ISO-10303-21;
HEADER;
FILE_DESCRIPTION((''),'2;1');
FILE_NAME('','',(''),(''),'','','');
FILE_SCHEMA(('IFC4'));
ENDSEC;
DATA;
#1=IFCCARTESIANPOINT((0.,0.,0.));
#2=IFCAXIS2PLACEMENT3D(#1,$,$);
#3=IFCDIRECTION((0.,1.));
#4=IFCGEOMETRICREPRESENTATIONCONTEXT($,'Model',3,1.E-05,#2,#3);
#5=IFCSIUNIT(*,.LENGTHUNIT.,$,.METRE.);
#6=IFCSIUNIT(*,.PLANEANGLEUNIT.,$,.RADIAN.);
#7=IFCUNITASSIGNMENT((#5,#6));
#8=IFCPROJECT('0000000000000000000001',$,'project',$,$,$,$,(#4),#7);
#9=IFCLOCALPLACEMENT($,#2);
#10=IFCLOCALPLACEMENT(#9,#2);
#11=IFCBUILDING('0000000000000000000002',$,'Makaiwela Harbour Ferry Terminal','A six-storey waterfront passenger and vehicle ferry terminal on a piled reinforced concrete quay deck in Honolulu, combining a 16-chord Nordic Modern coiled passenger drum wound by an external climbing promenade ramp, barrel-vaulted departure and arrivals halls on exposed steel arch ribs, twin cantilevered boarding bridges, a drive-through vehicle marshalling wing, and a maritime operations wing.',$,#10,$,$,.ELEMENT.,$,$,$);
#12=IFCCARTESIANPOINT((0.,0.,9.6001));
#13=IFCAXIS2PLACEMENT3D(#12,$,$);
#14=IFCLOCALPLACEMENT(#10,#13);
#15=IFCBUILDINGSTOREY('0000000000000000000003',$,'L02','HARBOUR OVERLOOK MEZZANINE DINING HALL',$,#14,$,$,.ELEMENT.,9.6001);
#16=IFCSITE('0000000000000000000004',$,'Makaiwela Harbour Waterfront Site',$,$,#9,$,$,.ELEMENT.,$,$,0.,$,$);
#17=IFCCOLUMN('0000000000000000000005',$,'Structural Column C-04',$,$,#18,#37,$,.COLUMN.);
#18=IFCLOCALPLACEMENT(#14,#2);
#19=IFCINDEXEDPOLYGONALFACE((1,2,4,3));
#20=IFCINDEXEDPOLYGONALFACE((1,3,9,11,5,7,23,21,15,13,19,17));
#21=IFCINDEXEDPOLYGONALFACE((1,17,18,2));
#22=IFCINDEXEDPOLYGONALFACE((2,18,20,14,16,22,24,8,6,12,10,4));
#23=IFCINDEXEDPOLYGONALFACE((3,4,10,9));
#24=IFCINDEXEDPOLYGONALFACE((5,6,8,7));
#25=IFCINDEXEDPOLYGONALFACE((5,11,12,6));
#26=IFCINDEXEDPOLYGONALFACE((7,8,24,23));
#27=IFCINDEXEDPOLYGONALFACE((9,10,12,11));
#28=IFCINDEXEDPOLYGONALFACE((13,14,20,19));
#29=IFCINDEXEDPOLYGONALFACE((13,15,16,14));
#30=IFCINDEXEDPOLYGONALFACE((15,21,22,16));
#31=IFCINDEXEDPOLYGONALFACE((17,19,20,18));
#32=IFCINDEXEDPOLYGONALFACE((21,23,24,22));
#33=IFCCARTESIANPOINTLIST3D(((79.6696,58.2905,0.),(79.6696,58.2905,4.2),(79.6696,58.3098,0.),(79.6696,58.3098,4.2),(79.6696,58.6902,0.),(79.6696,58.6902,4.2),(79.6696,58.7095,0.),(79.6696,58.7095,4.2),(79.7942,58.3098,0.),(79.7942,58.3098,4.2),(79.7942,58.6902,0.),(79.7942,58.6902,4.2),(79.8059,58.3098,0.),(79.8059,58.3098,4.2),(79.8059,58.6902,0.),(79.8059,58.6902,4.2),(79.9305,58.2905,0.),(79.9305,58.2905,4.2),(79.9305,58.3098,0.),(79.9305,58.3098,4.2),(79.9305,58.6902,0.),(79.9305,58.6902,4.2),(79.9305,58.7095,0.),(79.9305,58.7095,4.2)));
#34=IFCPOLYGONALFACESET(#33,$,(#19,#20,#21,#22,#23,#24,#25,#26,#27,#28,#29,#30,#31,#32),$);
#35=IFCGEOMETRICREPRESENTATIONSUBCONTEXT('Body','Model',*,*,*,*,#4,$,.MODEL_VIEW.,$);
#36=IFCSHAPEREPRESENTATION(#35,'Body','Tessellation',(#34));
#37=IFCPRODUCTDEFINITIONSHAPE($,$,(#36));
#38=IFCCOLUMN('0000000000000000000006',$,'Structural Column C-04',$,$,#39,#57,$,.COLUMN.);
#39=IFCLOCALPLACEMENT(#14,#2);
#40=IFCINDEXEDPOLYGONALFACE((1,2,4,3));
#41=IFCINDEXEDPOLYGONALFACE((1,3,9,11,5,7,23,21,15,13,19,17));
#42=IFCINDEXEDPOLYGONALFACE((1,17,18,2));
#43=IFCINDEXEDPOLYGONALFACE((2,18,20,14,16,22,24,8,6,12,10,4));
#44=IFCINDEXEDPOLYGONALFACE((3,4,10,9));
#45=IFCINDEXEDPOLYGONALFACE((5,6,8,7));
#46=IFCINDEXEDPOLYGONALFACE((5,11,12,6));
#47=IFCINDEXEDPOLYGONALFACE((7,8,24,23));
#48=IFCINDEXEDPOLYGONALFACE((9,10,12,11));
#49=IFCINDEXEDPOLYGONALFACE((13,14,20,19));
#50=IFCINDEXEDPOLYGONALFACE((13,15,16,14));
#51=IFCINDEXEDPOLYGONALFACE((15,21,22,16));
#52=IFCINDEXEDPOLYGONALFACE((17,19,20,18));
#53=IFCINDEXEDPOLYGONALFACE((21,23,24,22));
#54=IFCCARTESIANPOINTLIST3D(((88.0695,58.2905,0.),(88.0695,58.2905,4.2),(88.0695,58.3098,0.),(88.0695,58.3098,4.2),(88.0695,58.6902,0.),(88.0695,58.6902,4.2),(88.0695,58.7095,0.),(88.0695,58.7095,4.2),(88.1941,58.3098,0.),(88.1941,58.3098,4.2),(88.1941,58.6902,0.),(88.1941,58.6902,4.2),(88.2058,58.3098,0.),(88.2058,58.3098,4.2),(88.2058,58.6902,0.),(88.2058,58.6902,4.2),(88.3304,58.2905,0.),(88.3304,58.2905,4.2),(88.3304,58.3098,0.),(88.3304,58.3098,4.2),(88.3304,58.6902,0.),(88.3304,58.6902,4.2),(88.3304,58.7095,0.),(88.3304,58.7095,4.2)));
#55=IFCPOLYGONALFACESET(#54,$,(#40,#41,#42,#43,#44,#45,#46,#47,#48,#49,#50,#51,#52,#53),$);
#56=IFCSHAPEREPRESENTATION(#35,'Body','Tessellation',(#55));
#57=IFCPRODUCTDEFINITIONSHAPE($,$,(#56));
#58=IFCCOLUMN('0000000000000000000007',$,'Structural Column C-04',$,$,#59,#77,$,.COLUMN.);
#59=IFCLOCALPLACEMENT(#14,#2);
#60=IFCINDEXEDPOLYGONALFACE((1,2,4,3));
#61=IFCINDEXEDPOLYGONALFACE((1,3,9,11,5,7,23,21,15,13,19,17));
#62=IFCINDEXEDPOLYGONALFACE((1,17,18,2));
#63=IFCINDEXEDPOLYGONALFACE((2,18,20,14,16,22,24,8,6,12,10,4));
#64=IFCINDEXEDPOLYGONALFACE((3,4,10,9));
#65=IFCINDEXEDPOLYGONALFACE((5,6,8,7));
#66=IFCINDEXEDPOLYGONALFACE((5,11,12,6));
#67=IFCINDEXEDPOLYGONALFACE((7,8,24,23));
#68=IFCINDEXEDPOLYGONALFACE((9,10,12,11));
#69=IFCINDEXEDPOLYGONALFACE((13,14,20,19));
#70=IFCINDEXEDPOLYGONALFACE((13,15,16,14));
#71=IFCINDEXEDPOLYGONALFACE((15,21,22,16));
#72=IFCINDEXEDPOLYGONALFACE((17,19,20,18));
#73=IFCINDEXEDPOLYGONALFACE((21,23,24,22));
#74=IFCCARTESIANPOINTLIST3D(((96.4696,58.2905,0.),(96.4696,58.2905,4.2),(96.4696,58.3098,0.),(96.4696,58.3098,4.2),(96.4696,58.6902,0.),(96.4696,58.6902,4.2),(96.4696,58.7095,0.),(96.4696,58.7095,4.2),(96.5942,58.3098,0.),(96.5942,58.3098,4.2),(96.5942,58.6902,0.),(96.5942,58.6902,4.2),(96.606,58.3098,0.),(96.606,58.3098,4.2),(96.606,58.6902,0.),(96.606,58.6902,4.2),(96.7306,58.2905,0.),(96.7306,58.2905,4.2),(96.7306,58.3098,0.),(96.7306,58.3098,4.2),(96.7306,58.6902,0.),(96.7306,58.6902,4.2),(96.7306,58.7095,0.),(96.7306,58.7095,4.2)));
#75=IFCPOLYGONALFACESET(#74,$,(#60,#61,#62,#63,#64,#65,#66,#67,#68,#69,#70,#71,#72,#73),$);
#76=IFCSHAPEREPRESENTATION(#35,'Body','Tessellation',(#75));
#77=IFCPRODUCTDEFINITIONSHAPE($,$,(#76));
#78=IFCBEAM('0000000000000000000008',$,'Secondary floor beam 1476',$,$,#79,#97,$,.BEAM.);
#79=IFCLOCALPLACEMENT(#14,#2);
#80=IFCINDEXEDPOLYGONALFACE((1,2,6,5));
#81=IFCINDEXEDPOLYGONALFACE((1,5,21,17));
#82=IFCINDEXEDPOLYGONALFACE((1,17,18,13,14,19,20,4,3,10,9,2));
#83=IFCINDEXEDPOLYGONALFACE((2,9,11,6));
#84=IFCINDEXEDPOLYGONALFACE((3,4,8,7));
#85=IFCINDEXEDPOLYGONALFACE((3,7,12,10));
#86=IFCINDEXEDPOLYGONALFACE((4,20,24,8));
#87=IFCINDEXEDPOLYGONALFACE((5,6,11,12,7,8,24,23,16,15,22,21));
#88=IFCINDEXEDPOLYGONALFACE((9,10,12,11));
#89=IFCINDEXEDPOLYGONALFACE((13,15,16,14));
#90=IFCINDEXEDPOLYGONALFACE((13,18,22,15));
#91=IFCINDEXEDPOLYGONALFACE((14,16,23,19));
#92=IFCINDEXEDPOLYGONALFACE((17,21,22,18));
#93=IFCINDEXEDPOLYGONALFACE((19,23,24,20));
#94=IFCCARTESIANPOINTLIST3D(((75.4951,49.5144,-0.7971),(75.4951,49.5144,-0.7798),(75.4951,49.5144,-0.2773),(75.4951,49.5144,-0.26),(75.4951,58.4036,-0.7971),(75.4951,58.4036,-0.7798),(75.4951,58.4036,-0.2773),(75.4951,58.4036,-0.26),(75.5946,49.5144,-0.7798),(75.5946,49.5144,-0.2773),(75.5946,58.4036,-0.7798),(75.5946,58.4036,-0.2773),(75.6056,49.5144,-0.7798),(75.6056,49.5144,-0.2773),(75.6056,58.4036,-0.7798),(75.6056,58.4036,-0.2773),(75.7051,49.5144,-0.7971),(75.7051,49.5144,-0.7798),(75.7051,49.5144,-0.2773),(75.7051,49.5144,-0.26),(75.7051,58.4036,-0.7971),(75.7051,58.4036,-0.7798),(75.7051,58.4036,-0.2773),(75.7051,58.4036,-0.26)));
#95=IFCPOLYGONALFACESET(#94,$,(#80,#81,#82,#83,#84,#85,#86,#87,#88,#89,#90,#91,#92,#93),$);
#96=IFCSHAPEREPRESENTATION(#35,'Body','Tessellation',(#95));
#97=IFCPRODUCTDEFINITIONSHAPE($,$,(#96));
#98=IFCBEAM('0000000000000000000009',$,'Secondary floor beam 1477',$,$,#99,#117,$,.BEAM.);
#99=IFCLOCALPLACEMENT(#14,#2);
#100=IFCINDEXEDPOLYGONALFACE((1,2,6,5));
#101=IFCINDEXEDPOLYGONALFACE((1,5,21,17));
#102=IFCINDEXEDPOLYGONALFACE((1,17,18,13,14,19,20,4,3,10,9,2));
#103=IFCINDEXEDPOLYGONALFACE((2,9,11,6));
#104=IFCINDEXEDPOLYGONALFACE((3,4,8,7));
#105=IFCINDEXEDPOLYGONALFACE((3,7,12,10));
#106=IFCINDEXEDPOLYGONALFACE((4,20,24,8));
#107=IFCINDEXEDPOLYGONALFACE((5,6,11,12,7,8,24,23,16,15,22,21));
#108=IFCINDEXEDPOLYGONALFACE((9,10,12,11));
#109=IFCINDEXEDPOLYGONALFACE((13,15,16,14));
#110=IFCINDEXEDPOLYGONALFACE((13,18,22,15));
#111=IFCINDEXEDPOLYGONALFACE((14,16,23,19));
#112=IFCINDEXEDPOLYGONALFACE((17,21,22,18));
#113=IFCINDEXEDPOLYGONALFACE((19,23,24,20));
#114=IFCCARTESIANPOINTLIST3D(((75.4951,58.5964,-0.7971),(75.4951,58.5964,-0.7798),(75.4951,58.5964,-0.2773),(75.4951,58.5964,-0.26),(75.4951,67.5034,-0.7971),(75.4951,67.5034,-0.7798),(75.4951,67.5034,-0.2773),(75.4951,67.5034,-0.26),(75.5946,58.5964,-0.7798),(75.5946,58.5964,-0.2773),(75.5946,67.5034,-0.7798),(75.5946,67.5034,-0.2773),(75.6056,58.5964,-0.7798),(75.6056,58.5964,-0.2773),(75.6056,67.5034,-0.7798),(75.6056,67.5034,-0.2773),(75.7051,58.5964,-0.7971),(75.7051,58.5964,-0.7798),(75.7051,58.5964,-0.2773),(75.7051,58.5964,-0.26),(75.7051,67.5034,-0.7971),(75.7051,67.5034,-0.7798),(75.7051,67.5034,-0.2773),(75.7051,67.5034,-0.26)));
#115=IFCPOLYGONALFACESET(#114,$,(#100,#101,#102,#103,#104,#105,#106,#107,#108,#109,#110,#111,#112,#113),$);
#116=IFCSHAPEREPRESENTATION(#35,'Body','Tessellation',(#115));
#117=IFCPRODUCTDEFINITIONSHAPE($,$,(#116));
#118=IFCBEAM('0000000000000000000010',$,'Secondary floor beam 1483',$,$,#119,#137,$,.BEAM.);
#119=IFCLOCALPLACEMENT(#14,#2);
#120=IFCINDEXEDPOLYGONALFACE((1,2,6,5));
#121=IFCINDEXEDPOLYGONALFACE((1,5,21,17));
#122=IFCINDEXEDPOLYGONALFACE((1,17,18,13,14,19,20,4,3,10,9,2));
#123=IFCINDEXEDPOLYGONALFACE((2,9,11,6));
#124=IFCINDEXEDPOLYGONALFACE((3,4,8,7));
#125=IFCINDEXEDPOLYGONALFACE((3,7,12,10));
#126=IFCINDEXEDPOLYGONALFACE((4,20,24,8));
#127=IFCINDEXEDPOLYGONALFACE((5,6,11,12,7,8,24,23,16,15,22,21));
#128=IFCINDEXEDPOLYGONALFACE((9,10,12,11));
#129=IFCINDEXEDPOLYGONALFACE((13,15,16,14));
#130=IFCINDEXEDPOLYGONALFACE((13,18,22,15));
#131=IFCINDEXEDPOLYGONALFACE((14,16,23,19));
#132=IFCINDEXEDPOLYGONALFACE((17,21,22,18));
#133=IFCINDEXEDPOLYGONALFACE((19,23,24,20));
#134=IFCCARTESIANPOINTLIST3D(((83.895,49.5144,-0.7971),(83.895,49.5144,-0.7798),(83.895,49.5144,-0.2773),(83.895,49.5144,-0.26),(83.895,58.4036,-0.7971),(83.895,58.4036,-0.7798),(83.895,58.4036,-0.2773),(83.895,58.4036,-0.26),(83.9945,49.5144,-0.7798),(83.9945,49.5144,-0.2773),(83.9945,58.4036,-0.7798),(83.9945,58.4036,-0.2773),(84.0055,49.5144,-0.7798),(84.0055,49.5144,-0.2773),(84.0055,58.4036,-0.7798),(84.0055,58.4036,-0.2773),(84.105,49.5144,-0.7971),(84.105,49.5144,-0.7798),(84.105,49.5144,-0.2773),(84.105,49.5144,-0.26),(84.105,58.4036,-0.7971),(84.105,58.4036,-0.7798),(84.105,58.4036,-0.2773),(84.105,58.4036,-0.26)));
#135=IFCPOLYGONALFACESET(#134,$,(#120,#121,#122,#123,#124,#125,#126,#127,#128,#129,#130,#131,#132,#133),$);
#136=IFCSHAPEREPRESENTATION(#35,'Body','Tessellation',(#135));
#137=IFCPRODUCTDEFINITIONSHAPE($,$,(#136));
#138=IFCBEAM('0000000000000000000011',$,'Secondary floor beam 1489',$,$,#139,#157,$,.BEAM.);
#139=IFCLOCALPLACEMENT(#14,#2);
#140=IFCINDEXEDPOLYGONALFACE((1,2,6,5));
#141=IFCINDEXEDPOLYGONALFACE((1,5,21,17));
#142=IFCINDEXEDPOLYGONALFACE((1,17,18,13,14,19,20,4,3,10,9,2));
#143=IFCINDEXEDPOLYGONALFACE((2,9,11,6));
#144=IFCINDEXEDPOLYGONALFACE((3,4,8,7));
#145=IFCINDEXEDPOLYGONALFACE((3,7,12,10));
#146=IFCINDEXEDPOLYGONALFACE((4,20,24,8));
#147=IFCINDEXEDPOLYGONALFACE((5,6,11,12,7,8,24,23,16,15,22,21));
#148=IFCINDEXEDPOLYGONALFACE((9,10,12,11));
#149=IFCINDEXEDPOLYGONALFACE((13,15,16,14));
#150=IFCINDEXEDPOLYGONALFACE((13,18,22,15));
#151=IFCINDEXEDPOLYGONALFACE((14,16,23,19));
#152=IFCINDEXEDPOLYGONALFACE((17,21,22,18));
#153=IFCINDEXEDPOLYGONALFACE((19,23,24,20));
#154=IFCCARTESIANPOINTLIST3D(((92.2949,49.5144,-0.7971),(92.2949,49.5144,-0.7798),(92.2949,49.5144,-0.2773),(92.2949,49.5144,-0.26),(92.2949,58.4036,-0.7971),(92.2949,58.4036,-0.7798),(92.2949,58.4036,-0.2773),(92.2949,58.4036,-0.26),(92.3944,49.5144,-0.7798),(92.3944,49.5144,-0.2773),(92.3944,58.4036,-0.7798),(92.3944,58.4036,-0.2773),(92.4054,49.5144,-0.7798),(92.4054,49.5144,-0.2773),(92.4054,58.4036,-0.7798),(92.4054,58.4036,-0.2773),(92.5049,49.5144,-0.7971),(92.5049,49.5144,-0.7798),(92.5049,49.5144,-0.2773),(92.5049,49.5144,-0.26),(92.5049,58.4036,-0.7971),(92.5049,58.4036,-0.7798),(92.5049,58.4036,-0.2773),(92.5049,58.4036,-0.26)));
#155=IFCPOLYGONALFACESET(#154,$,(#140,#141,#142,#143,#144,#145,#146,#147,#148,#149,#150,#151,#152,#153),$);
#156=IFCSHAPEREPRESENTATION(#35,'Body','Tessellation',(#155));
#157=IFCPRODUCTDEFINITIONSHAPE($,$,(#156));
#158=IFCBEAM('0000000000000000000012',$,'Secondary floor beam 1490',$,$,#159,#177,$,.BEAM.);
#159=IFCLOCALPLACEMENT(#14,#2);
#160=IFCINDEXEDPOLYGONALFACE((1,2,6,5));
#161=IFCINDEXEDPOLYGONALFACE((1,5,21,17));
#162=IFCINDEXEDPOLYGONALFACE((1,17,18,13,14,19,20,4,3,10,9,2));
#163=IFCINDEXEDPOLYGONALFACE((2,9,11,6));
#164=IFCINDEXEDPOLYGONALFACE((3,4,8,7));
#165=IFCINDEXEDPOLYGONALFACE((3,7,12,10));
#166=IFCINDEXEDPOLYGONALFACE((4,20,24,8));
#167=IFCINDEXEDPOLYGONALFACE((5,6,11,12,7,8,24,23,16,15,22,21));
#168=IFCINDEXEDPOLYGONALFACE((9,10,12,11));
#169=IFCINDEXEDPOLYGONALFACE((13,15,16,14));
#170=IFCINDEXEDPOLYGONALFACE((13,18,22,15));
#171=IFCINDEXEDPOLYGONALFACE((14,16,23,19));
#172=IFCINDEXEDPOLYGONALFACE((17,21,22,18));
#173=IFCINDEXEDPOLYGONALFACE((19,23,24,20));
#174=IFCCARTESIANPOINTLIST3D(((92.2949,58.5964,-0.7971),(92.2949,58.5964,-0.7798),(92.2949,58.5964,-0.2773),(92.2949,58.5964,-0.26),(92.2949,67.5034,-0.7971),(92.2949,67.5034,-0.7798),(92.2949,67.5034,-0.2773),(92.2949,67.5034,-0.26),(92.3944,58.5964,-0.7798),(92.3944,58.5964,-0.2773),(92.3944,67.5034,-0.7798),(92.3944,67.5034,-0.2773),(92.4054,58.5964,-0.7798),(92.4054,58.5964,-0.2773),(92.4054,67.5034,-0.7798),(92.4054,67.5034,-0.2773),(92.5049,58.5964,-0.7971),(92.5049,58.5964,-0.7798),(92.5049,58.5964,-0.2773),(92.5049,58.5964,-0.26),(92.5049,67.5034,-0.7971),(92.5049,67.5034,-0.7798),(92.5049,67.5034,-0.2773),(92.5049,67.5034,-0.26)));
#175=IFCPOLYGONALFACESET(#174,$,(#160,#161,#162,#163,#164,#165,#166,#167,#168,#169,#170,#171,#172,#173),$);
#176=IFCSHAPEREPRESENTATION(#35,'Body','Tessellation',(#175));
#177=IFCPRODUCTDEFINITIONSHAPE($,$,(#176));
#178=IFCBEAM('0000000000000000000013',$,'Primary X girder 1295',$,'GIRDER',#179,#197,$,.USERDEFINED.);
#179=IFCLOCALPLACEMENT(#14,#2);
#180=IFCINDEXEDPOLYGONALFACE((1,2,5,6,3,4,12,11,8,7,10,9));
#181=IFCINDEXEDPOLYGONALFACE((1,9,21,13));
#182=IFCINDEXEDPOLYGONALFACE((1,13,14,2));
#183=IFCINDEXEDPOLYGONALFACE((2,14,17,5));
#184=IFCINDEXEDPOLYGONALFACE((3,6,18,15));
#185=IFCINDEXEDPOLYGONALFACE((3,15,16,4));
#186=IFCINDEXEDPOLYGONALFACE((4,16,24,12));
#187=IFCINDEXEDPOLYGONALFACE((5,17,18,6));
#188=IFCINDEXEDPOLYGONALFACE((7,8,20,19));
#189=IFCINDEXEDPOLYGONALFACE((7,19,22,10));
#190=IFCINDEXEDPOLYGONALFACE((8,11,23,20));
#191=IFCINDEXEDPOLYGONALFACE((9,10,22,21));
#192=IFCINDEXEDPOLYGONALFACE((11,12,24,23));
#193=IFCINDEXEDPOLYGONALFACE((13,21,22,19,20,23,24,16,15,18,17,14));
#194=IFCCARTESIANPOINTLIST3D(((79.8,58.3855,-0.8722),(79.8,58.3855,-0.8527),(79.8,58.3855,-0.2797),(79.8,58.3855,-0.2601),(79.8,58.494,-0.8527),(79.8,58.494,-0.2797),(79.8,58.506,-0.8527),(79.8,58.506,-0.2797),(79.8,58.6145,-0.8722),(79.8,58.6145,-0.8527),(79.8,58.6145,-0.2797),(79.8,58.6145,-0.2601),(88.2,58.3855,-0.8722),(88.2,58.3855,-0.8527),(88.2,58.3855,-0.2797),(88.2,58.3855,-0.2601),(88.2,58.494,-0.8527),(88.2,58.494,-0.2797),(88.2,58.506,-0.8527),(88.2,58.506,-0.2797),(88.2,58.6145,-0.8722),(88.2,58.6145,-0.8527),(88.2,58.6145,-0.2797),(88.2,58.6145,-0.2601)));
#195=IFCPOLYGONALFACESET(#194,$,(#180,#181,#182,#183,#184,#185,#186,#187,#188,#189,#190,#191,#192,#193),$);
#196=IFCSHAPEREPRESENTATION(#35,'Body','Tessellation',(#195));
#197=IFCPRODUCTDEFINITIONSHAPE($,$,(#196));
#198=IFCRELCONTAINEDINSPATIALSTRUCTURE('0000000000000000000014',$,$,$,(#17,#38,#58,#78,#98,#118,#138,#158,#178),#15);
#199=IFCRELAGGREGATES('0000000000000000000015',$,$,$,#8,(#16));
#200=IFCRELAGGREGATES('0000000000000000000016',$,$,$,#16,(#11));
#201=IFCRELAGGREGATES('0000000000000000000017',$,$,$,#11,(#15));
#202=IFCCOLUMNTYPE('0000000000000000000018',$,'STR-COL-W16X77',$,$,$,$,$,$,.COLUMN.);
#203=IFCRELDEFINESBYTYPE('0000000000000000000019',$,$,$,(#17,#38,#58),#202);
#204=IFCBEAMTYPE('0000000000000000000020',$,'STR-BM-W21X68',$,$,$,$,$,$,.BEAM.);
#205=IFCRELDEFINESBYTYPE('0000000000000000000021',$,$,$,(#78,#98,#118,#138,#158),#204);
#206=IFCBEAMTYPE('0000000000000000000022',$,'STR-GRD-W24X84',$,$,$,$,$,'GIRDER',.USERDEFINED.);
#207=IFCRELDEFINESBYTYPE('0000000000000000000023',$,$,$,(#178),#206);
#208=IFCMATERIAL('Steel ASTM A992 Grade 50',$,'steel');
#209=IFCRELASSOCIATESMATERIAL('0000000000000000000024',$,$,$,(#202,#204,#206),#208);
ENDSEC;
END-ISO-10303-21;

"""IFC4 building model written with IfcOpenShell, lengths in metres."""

from ifc_helpers import new_model, si_unit, direction, frame, origin, origin_2d, place, context, subcontext, project, spatial, i_section, extrude, material, material_profile, profile_set, type_object, element, save


model = new_model("IFC4")

# Units and contexts
model_context = context("Model", 3, precision=1e-05, world=origin(), true_north=direction((0.0, 1.0)))
body_context = subcontext(model_context, "Body", "Model", "MODEL_VIEW")
ifc_project = project(units=[si_unit("LENGTHUNIT", "METRE"), si_unit("PLANEANGLEUNIT", "RADIAN")], contexts=[model_context])

# Site, building, storey
site_placement = place(None, origin())
site = spatial("IfcSite", under=ifc_project, at=site_placement, Name="Makaiwela Harbour Waterfront Site", CompositionType="ELEMENT", RefElevation=0.0)
building_placement = place(site_placement, origin())
building = spatial("IfcBuilding", under=site, at=building_placement, Name="Makaiwela Harbour Ferry Terminal", Description="A six-storey waterfront passenger and vehicle ferry terminal on a piled reinforced concrete quay deck in Honolulu, combining a 16-chord Nordic Modern coiled passenger drum wound by an external climbing promenade ramp, barrel-vaulted departure and arrivals halls on exposed steel arch ribs, twin cantilevered boarding bridges, a drive-through vehicle marshalling wing, and a maritime operations wing.", CompositionType="ELEMENT")
storey_placement = place(building_placement, frame((0.0, 0.0, 9.6001)))
storey = spatial("IfcBuildingStorey", under=building, at=storey_placement, Name="L02", Description="HARBOUR OVERLOOK MEZZANINE DINING HALL", CompositionType="ELEMENT", Elevation=9.6001)

# Columns
ifc_material_1 = material(Name="Steel ASTM A992 Grade 50", Category="steel")
ifc_material_profile_1 = material_profile(ifc_material_1, i_section(OverallWidth=0.261, OverallDepth=0.4189, WebThickness=0.0117, FlangeThickness=0.0193, at=origin_2d()), Name="W16X77")
ifc_profile_set_1 = profile_set([ifc_material_profile_1], Name="Steel ASTM A992 Grade 50")
column_type = type_object("IfcColumnType", Name="STR-COL-W16X77", PredefinedType="COLUMN", material=ifc_profile_set_1)
for number, where, z_axis, x_axis, name in (
    (1, (79.8, 58.5, 0.0), (0.0, 0.0, 1.0), (1.0, 0.0, 0.0), "Structural Column C-04"),
    (2, (88.2, 58.5, 0.0), (0.0, 0.0, 1.0), (1.0, 0.0, 0.0), "Structural Column C-04"),
    (3, (96.6001, 58.5, 0.0), (0.0, 0.0, 1.0), (1.0, 0.0, 0.0), "Structural Column C-04"),
):
    element("IfcColumn", number, at=place(storey_placement, frame(where, z_axis=z_axis, x_axis=x_axis)), inside=storey, type_object=column_type, Name=name, PredefinedType="COLUMN", context=body_context, shape_type="SweptSolid", body=[
        extrude(i_section(OverallWidth=0.261, OverallDepth=0.4189, WebThickness=0.0117, FlangeThickness=0.0193, at=origin_2d()), origin(), (0.0, 0.0, 1.0), 4.2),
    ])

# Beams
ifc_material_profile_2 = material_profile(ifc_material_1, i_section(OverallWidth=0.21, OverallDepth=0.5371, WebThickness=0.011, FlangeThickness=0.0173, at=origin_2d()), Name="W21X68")
ifc_profile_set_2 = profile_set([ifc_material_profile_2], Name="Steel ASTM A992 Grade 50")
beam_type_1 = type_object("IfcBeamType", Name="STR-BM-W21X68", PredefinedType="BEAM", material=ifc_profile_set_2)
beam_1_placement = place(storey_placement, frame((75.6001, 49.5144, -0.5286), z_axis=(0.0, 1.0, 0.0), x_axis=(-1.0, 0.0, 0.0)))
element("IfcBeam", 4, at=beam_1_placement, inside=storey, type_object=beam_type_1, Name="Secondary floor beam 1476", PredefinedType="BEAM", context=body_context, shape_type="SweptSolid", body=[
    extrude(i_section(OverallWidth=0.21, OverallDepth=0.5371, WebThickness=0.011, FlangeThickness=0.0173, at=origin_2d()), origin(), (0.0, 0.0, 1.0), 8.8892),
])
beam_2_placement = place(storey_placement, frame((75.6001, 58.5964, -0.5286), z_axis=(0.0, 1.0, 0.0), x_axis=(-1.0, 0.0, 0.0)))
element("IfcBeam", 5, at=beam_2_placement, inside=storey, type_object=beam_type_1, Name="Secondary floor beam 1477", PredefinedType="BEAM", context=body_context, shape_type="SweptSolid", body=[
    extrude(i_section(OverallWidth=0.21, OverallDepth=0.5371, WebThickness=0.011, FlangeThickness=0.0173, at=origin_2d()), origin(), (0.0, 0.0, 1.0), 8.907),
])
for number, where, z_axis, x_axis, name in (
    (6, (84.0, 49.5144, -0.5286), (0.0, 1.0, 0.0), (-1.0, 0.0, 0.0), "Secondary floor beam 1483"),
    (7, (92.3999, 49.5144, -0.5286), (0.0, 1.0, 0.0), (-1.0, 0.0, 0.0), "Secondary floor beam 1489"),
):
    element("IfcBeam", number, at=place(storey_placement, frame(where, z_axis=z_axis, x_axis=x_axis)), inside=storey, type_object=beam_type_1, Name=name, PredefinedType="BEAM", context=body_context, shape_type="SweptSolid", body=[
        extrude(i_section(OverallWidth=0.21, OverallDepth=0.5371, WebThickness=0.011, FlangeThickness=0.0173, at=origin_2d()), origin(), (0.0, 0.0, 1.0), 8.8892),
    ])
beam_3_placement = place(storey_placement, frame((92.3999, 58.5964, -0.5286), z_axis=(0.0, 1.0, 0.0), x_axis=(-1.0, 0.0, 0.0)))
element("IfcBeam", 8, at=beam_3_placement, inside=storey, type_object=beam_type_1, Name="Secondary floor beam 1490", PredefinedType="BEAM", context=body_context, shape_type="SweptSolid", body=[
    extrude(i_section(OverallWidth=0.21, OverallDepth=0.5371, WebThickness=0.011, FlangeThickness=0.0173, at=origin_2d()), origin(), (0.0, 0.0, 1.0), 8.907),
])
ifc_material_profile_3 = material_profile(ifc_material_1, i_section(OverallWidth=0.229, OverallDepth=0.6121, WebThickness=0.012, FlangeThickness=0.0195, at=origin_2d()), Name="W24X84")
ifc_profile_set_3 = profile_set([ifc_material_profile_3], Name="Steel ASTM A992 Grade 50")
beam_type_2 = type_object("IfcBeamType", Name="STR-GRD-W24X84", ElementType="GIRDER", PredefinedType="USERDEFINED", material=ifc_profile_set_3)
beam_4_placement = place(storey_placement, frame((79.8, 58.5, -0.5662), z_axis=(1.0, 0.0, 0.0), x_axis=(0.0, 1.0, 0.0)))
element("IfcBeam", 9, at=beam_4_placement, inside=storey, type_object=beam_type_2, Name="Primary X girder 1295", ObjectType="GIRDER", PredefinedType="USERDEFINED", context=body_context, shape_type="SweptSolid", body=[
    extrude(i_section(OverallWidth=0.229, OverallDepth=0.6121, WebThickness=0.012, FlangeThickness=0.0195, at=origin_2d()), origin(), (0.0, 0.0, 1.0), 8.3999),
])

save(model, "model.ifc")
